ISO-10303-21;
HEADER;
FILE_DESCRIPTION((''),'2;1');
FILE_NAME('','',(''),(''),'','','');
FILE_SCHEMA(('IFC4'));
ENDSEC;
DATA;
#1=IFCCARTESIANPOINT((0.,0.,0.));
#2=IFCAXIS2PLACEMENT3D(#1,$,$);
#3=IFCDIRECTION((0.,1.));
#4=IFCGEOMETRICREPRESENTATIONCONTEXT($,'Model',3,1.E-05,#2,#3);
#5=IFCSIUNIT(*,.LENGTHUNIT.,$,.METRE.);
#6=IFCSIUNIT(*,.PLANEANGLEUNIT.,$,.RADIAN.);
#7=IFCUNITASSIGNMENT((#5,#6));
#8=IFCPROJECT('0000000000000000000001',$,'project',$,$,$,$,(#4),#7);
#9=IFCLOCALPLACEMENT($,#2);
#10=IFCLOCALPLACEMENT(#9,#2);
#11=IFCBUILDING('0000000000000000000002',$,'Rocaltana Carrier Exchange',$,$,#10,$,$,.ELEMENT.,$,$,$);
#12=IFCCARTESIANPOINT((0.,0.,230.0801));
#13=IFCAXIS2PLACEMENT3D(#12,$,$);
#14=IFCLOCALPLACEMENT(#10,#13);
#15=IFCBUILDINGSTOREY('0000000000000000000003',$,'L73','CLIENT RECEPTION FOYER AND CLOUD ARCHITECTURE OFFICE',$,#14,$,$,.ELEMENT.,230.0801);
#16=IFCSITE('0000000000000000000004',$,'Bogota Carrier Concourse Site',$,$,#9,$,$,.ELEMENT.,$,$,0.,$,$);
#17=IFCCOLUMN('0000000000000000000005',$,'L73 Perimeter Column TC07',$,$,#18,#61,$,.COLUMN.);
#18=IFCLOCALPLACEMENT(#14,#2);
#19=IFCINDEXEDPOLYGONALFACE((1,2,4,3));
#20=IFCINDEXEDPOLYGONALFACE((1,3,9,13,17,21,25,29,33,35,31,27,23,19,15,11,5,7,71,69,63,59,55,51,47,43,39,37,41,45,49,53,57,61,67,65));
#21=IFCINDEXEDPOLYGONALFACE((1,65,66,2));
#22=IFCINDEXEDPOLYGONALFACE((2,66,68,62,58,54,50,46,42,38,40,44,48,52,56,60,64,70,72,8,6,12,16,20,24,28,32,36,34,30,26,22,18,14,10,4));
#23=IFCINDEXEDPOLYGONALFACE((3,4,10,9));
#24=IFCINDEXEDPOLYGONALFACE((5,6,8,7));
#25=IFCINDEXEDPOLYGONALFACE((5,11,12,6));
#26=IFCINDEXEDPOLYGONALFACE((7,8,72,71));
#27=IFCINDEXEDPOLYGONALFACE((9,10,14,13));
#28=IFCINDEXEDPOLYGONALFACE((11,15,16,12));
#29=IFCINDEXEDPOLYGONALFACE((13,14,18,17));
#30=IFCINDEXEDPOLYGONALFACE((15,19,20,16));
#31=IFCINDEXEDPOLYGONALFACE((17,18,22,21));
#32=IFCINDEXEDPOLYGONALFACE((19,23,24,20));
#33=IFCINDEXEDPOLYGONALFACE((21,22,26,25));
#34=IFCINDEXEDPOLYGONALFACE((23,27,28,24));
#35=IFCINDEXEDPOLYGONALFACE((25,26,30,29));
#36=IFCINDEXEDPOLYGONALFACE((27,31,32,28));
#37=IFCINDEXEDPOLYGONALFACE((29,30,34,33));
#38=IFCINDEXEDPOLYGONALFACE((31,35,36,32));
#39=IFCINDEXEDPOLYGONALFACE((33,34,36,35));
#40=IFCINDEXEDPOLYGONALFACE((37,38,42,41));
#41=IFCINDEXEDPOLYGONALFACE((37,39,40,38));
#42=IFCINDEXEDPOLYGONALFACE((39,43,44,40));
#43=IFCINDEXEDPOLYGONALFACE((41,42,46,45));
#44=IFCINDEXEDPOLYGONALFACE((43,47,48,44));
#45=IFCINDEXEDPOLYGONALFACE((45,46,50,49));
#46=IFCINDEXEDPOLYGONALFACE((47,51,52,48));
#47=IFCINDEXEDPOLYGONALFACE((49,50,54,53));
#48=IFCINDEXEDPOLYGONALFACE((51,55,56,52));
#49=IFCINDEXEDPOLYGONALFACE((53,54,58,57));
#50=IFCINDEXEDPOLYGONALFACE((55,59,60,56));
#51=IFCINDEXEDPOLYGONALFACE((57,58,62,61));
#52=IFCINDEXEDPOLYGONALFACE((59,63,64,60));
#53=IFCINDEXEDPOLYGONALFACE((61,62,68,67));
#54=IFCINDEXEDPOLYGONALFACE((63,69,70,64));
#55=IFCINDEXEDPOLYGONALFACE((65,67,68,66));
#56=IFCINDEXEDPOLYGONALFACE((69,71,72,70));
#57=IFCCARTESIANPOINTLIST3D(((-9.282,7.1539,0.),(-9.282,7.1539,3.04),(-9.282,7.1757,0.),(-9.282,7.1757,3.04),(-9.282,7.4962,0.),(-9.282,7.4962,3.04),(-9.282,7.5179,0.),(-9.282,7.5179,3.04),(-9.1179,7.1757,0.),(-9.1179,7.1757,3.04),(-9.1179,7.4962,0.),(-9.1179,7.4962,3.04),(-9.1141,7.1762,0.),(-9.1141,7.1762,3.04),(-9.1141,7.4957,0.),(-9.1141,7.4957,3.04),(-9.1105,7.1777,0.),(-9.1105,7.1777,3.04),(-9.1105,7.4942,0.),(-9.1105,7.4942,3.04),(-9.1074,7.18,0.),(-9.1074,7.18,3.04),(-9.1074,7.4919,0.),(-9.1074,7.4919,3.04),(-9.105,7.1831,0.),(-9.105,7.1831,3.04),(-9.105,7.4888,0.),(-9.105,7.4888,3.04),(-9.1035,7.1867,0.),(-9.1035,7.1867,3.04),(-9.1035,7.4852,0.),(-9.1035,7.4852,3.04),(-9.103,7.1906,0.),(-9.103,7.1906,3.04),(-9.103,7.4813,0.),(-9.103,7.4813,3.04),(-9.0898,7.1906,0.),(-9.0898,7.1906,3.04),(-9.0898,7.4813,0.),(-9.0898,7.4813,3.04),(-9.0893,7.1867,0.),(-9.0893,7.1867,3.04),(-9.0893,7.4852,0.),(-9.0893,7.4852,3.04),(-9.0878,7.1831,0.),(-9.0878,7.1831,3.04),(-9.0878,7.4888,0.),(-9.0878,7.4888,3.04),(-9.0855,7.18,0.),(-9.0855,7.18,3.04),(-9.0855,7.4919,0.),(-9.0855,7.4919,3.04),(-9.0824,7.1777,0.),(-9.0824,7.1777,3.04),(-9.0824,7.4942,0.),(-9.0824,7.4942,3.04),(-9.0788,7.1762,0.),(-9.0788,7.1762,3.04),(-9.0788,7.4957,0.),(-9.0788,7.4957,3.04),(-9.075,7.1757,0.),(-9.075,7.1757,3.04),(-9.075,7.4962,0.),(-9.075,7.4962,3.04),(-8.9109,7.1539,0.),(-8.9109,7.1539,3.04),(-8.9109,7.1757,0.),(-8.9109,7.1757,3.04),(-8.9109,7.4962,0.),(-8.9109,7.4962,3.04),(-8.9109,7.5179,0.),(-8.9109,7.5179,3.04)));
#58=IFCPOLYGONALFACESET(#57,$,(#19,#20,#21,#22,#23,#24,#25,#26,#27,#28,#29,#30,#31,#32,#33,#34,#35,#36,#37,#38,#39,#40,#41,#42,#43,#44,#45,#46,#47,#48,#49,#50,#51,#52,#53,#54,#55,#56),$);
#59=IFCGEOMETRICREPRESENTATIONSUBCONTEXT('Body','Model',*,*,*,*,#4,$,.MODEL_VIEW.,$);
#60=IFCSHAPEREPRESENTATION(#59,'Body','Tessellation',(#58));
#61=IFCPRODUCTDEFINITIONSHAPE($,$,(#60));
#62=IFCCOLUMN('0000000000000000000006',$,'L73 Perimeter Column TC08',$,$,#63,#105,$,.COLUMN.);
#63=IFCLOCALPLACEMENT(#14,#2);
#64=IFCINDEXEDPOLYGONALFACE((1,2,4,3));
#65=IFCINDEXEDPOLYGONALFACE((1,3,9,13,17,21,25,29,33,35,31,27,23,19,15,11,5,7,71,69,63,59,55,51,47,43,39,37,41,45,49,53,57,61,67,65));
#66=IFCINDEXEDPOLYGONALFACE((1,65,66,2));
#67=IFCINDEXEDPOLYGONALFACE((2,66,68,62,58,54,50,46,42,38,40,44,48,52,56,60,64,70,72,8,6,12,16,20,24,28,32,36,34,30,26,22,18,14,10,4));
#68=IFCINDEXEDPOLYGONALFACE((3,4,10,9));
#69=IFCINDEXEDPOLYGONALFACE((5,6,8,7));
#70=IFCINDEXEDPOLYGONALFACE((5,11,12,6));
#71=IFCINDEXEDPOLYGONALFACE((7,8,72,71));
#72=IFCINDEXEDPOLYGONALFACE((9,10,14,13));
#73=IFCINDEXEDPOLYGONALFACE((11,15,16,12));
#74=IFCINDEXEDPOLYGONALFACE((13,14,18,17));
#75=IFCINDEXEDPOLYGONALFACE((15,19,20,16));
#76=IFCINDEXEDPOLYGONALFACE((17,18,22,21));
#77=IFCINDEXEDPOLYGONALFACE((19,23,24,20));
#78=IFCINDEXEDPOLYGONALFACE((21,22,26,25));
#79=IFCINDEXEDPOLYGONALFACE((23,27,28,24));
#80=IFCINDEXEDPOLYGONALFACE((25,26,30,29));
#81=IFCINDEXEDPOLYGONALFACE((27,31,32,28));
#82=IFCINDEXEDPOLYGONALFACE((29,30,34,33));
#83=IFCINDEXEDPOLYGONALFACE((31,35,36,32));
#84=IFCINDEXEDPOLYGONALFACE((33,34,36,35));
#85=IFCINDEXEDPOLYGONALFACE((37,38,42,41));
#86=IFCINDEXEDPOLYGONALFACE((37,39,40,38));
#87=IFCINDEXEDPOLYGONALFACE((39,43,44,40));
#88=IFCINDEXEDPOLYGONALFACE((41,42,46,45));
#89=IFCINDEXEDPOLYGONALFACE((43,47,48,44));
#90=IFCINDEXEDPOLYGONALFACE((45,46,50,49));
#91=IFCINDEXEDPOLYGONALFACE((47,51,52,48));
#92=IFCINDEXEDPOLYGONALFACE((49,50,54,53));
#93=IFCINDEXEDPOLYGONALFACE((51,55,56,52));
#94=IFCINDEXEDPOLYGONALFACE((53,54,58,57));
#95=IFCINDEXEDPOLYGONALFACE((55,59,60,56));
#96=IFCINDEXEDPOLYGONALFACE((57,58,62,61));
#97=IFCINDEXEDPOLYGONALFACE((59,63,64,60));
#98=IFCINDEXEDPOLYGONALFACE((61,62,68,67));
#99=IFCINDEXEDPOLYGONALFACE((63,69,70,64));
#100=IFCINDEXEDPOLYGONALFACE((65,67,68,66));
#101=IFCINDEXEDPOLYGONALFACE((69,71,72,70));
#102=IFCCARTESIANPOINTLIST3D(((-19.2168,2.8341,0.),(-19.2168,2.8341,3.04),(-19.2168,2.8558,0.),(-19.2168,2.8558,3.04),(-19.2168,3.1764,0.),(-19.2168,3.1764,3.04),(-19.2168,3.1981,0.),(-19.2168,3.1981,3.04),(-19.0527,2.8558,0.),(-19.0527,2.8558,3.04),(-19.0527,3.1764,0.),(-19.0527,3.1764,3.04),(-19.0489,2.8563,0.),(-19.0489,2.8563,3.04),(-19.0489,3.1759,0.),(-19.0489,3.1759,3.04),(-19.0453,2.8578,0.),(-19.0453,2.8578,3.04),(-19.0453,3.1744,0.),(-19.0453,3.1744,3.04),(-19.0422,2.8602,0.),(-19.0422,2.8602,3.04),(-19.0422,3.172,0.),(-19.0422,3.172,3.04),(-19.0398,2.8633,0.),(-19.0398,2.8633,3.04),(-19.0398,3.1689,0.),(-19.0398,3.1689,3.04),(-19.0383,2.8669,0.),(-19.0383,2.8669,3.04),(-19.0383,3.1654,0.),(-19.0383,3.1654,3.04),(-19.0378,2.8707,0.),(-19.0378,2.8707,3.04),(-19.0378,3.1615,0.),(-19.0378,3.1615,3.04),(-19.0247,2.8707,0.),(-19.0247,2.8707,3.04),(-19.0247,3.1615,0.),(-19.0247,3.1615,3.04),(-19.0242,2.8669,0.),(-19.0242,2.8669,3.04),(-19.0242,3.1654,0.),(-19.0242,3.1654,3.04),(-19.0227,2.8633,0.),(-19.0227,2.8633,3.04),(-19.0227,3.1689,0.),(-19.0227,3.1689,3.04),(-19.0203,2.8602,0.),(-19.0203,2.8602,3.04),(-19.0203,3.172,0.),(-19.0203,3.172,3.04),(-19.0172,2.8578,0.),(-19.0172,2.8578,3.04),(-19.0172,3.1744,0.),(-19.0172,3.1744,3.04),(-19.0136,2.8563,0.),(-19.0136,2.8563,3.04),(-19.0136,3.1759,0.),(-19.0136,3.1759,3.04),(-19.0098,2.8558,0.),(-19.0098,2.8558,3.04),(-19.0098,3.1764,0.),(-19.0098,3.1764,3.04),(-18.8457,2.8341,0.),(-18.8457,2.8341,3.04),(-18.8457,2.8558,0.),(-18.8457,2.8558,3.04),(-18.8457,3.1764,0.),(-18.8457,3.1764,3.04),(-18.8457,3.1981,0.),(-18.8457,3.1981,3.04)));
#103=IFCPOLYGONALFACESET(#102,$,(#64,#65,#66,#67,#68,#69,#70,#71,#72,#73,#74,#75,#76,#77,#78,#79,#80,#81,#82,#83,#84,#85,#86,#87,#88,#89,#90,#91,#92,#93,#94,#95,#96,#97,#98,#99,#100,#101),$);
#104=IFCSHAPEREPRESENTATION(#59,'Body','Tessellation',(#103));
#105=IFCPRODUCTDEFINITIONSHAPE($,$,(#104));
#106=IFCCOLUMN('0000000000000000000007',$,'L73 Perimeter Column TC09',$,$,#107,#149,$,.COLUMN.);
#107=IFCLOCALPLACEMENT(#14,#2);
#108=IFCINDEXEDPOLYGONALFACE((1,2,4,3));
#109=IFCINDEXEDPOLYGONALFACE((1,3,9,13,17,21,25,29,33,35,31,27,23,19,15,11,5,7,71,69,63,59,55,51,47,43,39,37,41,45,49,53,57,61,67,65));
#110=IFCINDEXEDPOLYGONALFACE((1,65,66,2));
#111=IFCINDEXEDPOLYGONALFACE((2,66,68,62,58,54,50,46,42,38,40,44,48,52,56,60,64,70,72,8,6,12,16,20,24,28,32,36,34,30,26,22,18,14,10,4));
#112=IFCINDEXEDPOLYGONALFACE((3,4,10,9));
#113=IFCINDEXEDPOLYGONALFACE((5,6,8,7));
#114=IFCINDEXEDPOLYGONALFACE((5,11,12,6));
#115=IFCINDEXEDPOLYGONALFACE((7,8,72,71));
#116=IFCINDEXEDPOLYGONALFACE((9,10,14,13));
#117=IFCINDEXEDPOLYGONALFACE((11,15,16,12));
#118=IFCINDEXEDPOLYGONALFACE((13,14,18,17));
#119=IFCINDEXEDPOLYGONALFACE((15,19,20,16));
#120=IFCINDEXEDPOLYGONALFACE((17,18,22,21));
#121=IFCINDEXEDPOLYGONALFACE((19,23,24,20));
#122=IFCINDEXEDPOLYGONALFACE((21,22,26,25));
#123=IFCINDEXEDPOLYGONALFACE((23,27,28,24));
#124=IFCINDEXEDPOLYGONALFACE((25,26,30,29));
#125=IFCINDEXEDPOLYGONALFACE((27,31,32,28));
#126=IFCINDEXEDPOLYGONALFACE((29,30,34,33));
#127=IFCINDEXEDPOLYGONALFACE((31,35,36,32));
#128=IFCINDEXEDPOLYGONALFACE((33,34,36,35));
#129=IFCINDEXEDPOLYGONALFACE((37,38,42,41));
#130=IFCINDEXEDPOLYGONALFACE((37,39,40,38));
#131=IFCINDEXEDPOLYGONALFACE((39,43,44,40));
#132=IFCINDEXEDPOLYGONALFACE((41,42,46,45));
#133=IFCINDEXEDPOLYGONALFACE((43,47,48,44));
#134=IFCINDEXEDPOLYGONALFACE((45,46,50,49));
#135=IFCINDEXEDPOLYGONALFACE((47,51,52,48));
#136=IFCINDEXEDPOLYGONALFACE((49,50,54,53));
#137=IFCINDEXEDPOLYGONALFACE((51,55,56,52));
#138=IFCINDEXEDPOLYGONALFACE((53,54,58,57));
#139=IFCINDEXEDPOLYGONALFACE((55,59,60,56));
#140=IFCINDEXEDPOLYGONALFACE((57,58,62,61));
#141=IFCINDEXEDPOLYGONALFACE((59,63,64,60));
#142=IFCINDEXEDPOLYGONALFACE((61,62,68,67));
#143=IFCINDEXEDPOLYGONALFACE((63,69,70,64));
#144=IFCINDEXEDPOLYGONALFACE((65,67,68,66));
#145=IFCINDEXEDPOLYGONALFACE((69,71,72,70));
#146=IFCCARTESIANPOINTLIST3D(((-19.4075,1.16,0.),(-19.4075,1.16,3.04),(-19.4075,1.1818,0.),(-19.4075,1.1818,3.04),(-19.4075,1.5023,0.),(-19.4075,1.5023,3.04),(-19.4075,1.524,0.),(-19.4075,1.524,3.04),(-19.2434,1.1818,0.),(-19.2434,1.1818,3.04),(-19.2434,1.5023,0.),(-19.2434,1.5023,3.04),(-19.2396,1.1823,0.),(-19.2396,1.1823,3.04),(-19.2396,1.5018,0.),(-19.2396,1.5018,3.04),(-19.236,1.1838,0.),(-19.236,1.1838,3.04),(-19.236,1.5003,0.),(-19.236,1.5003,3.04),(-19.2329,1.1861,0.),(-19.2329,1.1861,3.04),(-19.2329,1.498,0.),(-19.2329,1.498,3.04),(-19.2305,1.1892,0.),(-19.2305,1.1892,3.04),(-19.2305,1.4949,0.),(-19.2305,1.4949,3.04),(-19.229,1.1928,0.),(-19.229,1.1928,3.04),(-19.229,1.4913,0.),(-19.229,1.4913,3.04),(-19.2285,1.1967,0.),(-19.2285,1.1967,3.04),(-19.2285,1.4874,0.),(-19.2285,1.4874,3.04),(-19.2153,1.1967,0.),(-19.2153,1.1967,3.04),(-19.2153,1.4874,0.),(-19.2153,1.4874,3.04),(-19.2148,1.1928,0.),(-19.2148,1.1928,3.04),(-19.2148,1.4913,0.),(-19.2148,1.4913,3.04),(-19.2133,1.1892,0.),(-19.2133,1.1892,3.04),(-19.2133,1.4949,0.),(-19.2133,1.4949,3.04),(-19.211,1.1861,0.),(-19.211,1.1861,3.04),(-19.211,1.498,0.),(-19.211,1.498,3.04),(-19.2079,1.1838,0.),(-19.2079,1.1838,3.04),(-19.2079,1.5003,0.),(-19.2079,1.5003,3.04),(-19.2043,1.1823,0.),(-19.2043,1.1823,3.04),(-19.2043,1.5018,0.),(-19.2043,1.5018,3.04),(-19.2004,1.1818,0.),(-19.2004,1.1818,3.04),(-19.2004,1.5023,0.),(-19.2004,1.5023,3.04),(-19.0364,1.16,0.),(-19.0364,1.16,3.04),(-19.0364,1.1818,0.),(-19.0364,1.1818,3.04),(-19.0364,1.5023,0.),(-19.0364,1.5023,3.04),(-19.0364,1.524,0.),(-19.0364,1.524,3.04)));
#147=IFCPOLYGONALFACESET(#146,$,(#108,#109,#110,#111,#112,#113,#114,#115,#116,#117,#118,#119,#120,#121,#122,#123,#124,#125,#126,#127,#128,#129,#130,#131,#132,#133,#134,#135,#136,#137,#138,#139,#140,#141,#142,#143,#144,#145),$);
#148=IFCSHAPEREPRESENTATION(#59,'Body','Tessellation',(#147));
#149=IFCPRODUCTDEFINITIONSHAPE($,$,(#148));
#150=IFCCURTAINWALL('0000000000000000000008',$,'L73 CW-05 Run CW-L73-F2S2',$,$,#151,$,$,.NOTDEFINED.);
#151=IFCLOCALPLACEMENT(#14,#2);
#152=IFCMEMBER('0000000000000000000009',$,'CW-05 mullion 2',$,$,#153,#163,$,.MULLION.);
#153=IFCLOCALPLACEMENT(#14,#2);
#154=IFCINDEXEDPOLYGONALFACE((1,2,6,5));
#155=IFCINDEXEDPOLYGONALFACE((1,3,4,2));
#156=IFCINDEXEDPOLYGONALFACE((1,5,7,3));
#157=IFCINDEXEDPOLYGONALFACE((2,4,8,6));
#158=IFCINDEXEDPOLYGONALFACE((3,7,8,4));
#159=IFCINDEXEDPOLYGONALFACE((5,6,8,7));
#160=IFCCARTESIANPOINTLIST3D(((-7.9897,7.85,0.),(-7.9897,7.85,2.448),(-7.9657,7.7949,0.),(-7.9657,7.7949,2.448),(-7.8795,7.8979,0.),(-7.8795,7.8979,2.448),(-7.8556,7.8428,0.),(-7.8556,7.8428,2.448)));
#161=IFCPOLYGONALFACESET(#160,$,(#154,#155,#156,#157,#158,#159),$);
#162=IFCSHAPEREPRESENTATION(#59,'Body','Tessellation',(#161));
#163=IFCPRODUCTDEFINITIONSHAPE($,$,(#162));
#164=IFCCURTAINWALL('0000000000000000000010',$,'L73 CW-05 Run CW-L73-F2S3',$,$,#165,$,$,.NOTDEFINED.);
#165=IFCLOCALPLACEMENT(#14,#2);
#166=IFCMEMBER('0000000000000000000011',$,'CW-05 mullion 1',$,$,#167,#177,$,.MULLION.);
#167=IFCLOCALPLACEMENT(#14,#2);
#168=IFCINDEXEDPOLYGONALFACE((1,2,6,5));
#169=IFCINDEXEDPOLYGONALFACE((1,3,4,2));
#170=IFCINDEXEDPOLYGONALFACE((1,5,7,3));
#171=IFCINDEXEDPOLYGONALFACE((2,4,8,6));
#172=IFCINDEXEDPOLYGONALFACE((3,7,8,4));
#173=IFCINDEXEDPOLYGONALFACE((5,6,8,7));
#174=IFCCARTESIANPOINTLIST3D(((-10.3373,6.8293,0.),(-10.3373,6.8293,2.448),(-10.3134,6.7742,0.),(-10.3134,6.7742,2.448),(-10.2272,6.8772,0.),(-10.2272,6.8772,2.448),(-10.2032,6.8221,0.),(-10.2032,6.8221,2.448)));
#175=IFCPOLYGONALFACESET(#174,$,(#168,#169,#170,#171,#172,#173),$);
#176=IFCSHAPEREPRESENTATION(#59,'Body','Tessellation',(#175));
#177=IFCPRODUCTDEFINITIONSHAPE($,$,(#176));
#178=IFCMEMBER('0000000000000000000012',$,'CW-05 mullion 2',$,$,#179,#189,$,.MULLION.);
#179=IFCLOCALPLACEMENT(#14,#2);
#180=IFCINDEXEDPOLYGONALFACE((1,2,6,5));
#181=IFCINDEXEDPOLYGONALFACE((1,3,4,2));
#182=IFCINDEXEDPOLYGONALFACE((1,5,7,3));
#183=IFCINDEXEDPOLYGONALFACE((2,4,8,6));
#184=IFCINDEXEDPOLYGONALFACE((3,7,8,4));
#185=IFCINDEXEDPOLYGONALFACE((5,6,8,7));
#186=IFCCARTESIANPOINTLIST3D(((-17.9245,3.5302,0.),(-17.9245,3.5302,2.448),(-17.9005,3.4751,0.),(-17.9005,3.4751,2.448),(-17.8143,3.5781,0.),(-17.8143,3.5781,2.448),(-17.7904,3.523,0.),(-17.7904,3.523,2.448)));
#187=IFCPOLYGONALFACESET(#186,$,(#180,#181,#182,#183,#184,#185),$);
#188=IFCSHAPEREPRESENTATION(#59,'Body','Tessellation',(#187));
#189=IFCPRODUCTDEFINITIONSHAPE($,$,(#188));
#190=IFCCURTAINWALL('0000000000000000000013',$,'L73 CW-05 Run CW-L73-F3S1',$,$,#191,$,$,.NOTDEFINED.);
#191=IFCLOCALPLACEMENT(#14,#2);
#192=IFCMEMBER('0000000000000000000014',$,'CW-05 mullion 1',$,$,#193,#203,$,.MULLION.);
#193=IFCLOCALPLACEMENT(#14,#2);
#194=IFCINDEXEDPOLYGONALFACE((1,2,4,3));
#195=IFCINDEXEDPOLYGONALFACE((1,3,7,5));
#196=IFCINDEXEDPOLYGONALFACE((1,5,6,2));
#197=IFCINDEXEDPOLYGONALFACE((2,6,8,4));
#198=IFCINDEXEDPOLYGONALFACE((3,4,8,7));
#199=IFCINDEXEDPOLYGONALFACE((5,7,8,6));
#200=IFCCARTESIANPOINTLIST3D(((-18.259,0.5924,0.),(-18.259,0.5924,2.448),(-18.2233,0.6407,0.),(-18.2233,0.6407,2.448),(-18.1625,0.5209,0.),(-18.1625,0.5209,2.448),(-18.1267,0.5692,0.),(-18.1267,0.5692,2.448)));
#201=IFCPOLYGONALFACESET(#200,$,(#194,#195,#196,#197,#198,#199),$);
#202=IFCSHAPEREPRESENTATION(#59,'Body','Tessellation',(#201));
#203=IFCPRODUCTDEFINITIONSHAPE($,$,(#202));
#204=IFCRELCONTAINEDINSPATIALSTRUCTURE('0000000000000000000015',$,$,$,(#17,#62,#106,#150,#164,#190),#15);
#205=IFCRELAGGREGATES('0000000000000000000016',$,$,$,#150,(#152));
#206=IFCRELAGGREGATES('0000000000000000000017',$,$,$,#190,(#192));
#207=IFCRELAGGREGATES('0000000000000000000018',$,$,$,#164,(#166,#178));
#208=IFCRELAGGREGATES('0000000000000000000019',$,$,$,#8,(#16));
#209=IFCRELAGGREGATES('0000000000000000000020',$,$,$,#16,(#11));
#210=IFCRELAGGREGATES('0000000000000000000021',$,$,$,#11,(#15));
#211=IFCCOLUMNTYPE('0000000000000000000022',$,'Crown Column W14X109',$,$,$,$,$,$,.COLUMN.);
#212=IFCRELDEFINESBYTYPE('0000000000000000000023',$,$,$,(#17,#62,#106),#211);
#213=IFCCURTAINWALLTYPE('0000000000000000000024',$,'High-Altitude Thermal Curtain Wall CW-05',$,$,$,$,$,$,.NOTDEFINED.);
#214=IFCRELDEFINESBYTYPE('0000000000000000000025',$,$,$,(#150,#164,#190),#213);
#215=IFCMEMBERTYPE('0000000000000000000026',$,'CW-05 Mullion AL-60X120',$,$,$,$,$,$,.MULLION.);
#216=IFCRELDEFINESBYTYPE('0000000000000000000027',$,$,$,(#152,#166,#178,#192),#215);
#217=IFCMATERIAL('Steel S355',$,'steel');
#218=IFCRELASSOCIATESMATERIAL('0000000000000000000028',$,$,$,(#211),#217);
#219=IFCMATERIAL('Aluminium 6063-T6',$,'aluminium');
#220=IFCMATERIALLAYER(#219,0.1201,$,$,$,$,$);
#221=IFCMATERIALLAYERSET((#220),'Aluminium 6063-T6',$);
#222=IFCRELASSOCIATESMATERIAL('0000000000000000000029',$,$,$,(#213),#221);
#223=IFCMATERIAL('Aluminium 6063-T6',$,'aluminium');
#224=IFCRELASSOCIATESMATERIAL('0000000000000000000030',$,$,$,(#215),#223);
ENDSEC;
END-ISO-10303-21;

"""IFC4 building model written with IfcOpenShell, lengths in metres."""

from ifc_helpers import new_model, si_unit, direction, frame, origin, origin_2d, place, context, subcontext, project, spatial, rectangle, i_section, extrude, material, layer, layer_set, material_profile, profile_set, type_object, element, aggregate, save


model = new_model("IFC4")

# Units and contexts
model_context = context("Model", 3, precision=1e-05, world=origin(), true_north=direction((0.0, 1.0)))
body_context = subcontext(model_context, "Body", "Model", "MODEL_VIEW")
ifc_project = project(units=[si_unit("LENGTHUNIT", "METRE"), si_unit("PLANEANGLEUNIT", "RADIAN")], contexts=[model_context])

# Site, building, storey
site_placement = place(None, origin())
site = spatial("IfcSite", under=ifc_project, at=site_placement, Name="Bogota Carrier Concourse Site", CompositionType="ELEMENT", RefElevation=0.0)
building_placement = place(site_placement, origin())
building = spatial("IfcBuilding", under=site, at=building_placement, Name="Rocaltana Carrier Exchange", CompositionType="ELEMENT")
storey_placement = place(building_placement, frame((0.0, 0.0, 230.0801)))
storey = spatial("IfcBuildingStorey", under=building, at=storey_placement, Name="L73", Description="CLIENT RECEPTION FOYER AND CLOUD ARCHITECTURE OFFICE", CompositionType="ELEMENT", Elevation=230.0801)

# Columns
ifc_material_1 = material(Name="Steel S355", Category="steel")
ifc_material_profile_1 = material_profile(ifc_material_1, i_section(OverallWidth=0.3711, OverallDepth=0.364, WebThickness=0.0132, FlangeThickness=0.0217, FilletRadius=0.0149, at=origin_2d()), Name="W14X109")
ifc_profile_set_1 = profile_set([ifc_material_profile_1], Name="Steel S355")
column_type = type_object("IfcColumnType", Name="Crown Column W14X109", PredefinedType="COLUMN", material=ifc_profile_set_1)
for number, where, z_axis, x_axis, name in (
    (1, (-9.0964, 7.3359, 0.0), (0.0, 0.0, 1.0), (1.0, 0.0, 0.0), "L73 Perimeter Column TC07"),
    (2, (-19.0312, 3.0161, 0.0), (0.0, 0.0, 1.0), (1.0, 0.0, 0.0), "L73 Perimeter Column TC08"),
    (3, (-19.2219, 1.342, 0.0), (0.0, 0.0, 1.0), (1.0, 0.0, 0.0), "L73 Perimeter Column TC09"),
):
    element("IfcColumn", number, at=place(storey_placement, frame(where, z_axis=z_axis, x_axis=x_axis)), inside=storey, type_object=column_type, Name=name, PredefinedType="COLUMN", context=body_context, shape_type="SweptSolid", body=[
        extrude(i_section(OverallWidth=0.3711, OverallDepth=0.364, WebThickness=0.0132, FlangeThickness=0.0217, FilletRadius=0.0149, at=origin_2d()), origin(), (0.0, 0.0, 1.0), 3.04),
    ])

# Curtain wall, member
ifc_material_2 = material(Name="Aluminium 6063-T6", Category="aluminium")
ifc_layer_1 = layer(ifc_material_2, 0.1201)
ifc_layer_set_1 = layer_set([ifc_layer_1], Name="Aluminium 6063-T6")
curtain_wall_type = type_object("IfcCurtainWallType", Name="High-Altitude Thermal Curtain Wall CW-05", PredefinedType="NOTDEFINED", material=ifc_layer_set_1)
curtain_wall_1_placement = place(storey_placement, origin())
curtain_wall_1 = element("IfcCurtainWall", 4, at=curtain_wall_1_placement, inside=storey, type_object=curtain_wall_type, Name="L73 CW-05 Run CW-L73-F2S2", PredefinedType="NOTDEFINED")
ifc_material_3 = material(Name="Aluminium 6063-T6", Category="aluminium")
ifc_material_profile_2 = material_profile(ifc_material_3, rectangle(XDim=0.0601, YDim=0.1201, at=origin_2d()), Name="AL-60X120")
ifc_profile_set_2 = profile_set([ifc_material_profile_2], Name="Aluminium 6063-T6")
member_type_1 = type_object("IfcMemberType", Name="CW-05 Mullion AL-60X120", PredefinedType="MULLION", material=ifc_profile_set_2)
member_1_placement = place(storey_placement, frame((-7.9226, 7.8464, 0.0), z_axis=(0.0, 0.0, 1.0), x_axis=(0.398752, -0.917059, 0.0)))
member_1 = element("IfcMember", 5, at=member_1_placement, type_object=member_type_1, Name="CW-05 mullion 2", PredefinedType="MULLION", context=body_context, shape_type="SweptSolid", body=[
    extrude(rectangle(XDim=0.0601, YDim=0.1201, at=origin_2d()), origin(), (0.0, 0.0, 1.0), 2.448),
])
aggregate(curtain_wall_1, [member_1])

# Curtain wall, members
curtain_wall_2_placement = place(storey_placement, origin())
curtain_wall_2 = element("IfcCurtainWall", 6, at=curtain_wall_2_placement, inside=storey, type_object=curtain_wall_type, Name="L73 CW-05 Run CW-L73-F2S3", PredefinedType="NOTDEFINED")
member_2_placement = place(storey_placement, frame((-10.2703, 6.8257, 0.0), z_axis=(0.0, 0.0, 1.0), x_axis=(0.398757, -0.917057, 0.0)))
member_2 = element("IfcMember", 7, at=member_2_placement, type_object=member_type_1, Name="CW-05 mullion 1", PredefinedType="MULLION", context=body_context, shape_type="SweptSolid", body=[
    extrude(rectangle(XDim=0.0601, YDim=0.1201, at=origin_2d()), origin(), (0.0, 0.0, 1.0), 2.448),
])
member_3_placement = place(storey_placement, frame((-17.8574, 3.5266, 0.0), z_axis=(0.0, 0.0, 1.0), x_axis=(0.398757, -0.917057, 0.0)))
member_3 = element("IfcMember", 8, at=member_3_placement, type_object=member_type_1, Name="CW-05 mullion 2", PredefinedType="MULLION", context=body_context, shape_type="SweptSolid", body=[
    extrude(rectangle(XDim=0.0601, YDim=0.1201, at=origin_2d()), origin(), (0.0, 0.0, 1.0), 2.448),
])

# Curtain wall, member
curtain_wall_3_placement = place(storey_placement, origin())
curtain_wall_3 = element("IfcCurtainWall", 9, at=curtain_wall_3_placement, inside=storey, type_object=curtain_wall_type, Name="L73 CW-05 Run CW-L73-F3S1", PredefinedType="NOTDEFINED")
member_4_placement = place(storey_placement, frame((-18.1929, 0.5808, 0.0), z_axis=(0.0, 0.0, 1.0), x_axis=(0.594827, 0.803854, 0.0)))
member_4 = element("IfcMember", 10, at=member_4_placement, type_object=member_type_1, Name="CW-05 mullion 1", PredefinedType="MULLION", context=body_context, shape_type="SweptSolid", body=[
    extrude(rectangle(XDim=0.0601, YDim=0.1201, at=origin_2d()), origin(), (0.0, 0.0, 1.0), 2.448),
])

aggregate(curtain_wall_3, [member_4])

aggregate(curtain_wall_2, [member_2, member_3])

save(model, "model.ifc")
